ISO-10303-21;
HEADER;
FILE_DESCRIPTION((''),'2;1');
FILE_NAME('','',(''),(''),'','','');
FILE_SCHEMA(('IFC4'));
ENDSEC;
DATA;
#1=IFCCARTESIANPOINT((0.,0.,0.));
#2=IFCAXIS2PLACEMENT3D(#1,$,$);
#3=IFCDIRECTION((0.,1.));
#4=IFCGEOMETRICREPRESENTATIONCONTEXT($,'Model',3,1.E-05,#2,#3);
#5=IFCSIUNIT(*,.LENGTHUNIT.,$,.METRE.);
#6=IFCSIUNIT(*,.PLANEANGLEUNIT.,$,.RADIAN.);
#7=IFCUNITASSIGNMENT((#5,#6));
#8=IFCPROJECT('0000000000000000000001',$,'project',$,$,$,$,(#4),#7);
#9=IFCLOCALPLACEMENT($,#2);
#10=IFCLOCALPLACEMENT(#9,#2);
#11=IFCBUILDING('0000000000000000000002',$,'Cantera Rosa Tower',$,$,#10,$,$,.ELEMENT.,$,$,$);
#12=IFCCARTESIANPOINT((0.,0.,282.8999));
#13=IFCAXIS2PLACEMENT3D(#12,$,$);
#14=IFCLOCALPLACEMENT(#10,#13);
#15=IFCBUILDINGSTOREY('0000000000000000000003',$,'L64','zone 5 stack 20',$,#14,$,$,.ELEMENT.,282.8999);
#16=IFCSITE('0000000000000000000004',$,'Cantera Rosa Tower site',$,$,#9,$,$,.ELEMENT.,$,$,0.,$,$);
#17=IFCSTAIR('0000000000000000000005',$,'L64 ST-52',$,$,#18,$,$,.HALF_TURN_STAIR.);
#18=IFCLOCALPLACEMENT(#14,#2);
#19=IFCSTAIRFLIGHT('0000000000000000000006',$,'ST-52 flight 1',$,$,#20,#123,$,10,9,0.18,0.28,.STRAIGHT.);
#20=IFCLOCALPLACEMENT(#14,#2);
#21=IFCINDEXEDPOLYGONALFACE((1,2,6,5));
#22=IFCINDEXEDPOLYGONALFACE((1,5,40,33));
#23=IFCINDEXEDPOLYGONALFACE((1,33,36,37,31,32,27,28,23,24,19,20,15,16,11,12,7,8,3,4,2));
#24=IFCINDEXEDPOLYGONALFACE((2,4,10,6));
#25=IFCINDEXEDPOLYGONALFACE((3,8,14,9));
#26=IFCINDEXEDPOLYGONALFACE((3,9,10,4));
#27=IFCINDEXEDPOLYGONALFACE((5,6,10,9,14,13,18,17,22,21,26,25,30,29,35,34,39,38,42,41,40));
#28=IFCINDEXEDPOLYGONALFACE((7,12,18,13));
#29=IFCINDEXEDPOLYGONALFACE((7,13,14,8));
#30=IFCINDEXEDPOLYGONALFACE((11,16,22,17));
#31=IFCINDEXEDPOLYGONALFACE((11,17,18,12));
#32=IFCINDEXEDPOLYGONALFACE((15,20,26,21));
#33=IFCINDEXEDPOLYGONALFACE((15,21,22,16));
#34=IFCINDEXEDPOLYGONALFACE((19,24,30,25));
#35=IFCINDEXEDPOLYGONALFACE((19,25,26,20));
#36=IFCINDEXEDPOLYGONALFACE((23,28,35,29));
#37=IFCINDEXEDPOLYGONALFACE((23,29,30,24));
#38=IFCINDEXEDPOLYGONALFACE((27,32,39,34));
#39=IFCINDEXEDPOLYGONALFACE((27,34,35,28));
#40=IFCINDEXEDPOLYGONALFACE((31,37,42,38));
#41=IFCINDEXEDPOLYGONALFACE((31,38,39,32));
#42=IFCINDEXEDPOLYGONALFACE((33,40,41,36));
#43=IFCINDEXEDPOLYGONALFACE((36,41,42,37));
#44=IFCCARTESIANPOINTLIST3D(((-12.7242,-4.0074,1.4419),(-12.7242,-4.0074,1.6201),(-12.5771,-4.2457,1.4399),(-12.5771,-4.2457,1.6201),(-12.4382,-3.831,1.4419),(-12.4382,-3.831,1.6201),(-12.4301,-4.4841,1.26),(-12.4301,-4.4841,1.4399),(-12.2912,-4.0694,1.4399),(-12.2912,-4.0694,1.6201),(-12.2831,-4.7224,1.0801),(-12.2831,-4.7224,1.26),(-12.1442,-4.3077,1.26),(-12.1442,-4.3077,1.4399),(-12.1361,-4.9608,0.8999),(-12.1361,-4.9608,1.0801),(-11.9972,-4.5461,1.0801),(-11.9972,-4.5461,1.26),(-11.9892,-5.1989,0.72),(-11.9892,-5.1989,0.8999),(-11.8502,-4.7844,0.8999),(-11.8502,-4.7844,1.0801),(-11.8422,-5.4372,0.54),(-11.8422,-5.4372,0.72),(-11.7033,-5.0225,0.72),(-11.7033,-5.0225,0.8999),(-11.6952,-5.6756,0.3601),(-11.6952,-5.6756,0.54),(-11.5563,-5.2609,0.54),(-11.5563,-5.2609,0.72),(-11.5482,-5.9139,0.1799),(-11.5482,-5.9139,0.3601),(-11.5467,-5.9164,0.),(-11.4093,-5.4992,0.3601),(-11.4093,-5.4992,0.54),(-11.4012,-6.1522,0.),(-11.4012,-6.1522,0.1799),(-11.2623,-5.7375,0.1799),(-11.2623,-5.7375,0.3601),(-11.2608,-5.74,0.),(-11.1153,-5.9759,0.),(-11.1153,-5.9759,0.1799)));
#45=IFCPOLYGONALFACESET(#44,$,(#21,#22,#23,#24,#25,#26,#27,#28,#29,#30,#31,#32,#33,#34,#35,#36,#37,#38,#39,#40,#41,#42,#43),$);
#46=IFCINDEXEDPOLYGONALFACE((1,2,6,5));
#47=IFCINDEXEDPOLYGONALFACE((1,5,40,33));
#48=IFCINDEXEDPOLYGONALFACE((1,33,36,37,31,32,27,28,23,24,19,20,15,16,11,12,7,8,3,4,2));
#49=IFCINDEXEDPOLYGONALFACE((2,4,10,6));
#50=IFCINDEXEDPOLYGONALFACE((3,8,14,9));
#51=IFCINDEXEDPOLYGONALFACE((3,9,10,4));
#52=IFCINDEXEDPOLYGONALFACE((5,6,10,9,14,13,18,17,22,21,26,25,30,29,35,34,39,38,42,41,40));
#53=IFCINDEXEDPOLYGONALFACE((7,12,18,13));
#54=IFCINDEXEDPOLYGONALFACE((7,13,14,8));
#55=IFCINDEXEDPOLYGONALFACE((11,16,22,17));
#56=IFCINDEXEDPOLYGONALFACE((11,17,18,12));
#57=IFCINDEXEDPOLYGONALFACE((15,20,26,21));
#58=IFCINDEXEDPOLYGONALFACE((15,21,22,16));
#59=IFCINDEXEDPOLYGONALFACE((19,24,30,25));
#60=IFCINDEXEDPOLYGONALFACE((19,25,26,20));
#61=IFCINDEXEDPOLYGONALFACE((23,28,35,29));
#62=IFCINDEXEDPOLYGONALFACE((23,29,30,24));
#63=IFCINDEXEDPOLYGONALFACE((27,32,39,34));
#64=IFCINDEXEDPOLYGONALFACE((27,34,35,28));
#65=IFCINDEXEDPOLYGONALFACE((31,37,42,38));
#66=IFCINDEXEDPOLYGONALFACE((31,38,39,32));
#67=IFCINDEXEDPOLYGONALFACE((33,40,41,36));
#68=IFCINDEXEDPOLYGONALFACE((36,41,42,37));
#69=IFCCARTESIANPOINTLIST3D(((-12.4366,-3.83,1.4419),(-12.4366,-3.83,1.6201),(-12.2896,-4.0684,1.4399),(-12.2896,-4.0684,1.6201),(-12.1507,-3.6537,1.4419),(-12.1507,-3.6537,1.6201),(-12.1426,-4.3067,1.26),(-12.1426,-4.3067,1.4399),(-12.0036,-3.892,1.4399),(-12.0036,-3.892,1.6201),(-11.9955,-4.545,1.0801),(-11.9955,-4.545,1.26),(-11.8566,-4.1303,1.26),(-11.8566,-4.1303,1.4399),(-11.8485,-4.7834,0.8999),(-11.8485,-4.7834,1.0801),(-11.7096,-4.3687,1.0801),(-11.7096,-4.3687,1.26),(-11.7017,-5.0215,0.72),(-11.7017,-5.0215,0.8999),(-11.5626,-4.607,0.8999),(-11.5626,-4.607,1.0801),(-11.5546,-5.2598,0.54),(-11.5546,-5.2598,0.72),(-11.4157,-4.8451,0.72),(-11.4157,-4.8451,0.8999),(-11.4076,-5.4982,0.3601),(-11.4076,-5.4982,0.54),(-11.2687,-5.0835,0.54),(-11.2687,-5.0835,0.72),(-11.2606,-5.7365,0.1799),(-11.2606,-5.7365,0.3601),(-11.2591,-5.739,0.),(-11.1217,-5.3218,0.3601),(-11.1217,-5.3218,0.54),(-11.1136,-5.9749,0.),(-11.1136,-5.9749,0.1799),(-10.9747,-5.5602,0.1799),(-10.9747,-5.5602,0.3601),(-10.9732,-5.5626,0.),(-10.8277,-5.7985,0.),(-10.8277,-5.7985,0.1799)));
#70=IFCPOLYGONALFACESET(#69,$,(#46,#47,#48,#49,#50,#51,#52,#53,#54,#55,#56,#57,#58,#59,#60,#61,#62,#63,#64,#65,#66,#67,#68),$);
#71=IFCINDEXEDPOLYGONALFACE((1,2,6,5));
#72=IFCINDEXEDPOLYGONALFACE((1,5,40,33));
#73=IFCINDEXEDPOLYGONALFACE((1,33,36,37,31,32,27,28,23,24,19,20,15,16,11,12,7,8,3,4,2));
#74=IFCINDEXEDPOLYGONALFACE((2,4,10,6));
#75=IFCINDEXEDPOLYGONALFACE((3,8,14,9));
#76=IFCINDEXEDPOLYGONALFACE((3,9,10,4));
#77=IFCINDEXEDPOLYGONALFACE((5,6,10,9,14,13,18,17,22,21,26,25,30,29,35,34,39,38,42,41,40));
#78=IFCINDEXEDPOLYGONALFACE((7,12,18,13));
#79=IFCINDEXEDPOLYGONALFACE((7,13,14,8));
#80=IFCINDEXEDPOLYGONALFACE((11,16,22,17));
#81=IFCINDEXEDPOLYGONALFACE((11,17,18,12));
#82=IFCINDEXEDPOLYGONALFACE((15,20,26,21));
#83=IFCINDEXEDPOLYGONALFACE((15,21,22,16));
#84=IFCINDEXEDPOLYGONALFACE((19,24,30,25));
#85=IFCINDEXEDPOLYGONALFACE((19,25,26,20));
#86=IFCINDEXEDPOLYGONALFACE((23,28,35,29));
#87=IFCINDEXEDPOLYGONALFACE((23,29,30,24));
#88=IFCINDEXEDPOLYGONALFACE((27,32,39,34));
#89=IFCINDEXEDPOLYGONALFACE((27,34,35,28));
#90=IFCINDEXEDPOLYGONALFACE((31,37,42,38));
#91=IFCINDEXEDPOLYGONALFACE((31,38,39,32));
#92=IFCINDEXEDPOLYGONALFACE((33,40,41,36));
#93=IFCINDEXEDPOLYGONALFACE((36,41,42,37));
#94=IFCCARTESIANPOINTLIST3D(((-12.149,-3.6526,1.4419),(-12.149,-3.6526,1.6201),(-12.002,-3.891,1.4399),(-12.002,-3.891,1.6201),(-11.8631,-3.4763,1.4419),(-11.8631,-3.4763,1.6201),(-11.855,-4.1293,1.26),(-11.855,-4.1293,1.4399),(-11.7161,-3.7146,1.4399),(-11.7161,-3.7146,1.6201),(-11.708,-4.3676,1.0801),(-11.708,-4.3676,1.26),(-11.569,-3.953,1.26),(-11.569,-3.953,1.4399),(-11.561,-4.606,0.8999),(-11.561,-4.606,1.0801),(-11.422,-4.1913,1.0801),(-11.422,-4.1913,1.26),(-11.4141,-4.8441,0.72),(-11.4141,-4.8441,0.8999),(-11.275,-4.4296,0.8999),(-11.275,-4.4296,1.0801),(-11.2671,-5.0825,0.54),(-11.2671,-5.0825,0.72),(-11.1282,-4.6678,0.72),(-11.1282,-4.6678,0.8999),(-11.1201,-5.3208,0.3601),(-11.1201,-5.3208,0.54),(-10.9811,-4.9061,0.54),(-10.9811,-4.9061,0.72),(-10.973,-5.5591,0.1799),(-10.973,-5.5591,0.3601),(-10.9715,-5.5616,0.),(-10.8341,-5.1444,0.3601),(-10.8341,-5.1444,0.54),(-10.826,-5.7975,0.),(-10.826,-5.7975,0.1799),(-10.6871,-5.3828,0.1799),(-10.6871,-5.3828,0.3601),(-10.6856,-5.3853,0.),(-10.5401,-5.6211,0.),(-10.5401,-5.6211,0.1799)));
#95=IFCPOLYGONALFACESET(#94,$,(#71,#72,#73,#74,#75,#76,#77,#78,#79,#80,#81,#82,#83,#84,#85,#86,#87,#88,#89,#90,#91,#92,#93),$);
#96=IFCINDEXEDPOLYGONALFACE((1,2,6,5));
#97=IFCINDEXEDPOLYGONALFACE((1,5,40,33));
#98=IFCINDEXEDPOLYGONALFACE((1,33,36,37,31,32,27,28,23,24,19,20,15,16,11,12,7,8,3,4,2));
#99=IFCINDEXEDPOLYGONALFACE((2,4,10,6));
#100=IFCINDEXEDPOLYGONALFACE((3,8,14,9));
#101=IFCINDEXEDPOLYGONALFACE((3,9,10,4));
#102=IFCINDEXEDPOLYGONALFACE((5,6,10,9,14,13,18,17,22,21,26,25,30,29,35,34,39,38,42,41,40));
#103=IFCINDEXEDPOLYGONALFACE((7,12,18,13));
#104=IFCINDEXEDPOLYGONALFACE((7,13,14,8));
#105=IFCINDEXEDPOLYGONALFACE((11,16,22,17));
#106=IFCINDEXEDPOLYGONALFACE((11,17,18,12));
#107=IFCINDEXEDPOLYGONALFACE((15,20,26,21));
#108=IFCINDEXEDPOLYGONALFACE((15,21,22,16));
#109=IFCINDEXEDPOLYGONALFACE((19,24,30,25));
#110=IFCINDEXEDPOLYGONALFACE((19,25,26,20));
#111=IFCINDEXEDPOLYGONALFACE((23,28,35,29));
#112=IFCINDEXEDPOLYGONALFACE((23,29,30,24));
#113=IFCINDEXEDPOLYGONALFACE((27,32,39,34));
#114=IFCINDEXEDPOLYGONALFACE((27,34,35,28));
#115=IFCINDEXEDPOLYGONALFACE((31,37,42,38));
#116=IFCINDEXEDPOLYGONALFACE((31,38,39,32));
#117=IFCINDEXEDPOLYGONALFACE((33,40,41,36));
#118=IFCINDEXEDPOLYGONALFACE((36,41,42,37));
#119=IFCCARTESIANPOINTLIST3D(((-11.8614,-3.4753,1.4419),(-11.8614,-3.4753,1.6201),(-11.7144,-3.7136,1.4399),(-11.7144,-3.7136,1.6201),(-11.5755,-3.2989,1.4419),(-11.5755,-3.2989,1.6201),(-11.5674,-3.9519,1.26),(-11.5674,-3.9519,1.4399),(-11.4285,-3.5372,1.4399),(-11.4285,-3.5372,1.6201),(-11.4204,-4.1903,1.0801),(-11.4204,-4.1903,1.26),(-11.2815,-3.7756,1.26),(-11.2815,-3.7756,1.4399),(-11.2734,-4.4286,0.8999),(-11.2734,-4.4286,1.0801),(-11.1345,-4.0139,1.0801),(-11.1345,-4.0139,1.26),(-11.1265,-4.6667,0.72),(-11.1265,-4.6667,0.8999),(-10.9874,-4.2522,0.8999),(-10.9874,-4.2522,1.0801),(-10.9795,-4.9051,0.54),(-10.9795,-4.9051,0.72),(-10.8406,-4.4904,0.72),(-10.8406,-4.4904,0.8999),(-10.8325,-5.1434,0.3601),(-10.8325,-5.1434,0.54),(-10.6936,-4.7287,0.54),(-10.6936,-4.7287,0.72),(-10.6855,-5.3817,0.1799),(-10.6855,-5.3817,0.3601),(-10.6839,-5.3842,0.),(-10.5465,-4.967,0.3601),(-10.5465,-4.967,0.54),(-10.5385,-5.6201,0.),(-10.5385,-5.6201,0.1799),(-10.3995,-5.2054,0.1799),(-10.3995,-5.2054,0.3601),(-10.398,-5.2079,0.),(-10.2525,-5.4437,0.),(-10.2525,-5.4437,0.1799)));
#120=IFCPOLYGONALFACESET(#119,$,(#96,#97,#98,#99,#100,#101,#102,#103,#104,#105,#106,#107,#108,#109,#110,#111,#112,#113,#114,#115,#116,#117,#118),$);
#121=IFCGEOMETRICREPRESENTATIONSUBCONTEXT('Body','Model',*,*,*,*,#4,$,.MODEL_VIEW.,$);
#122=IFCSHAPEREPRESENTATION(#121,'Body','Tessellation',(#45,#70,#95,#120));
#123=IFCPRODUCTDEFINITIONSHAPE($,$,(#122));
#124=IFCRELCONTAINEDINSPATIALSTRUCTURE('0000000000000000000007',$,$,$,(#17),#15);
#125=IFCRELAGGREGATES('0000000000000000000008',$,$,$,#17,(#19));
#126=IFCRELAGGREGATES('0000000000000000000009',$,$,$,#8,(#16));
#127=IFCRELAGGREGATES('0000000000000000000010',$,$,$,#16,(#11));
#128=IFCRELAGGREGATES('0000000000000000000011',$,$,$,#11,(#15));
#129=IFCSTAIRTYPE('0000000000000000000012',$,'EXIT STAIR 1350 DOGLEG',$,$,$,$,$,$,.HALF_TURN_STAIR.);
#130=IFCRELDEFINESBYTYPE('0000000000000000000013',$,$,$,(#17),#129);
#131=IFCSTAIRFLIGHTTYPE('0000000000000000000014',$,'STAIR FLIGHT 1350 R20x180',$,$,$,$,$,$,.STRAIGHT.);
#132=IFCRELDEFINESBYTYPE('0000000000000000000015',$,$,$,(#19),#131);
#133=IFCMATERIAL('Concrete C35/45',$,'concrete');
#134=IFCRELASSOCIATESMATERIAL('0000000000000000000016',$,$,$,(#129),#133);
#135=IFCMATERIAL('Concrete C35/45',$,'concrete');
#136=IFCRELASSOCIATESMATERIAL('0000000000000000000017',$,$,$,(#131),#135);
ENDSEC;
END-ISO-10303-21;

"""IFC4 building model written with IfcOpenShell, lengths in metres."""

from ifc_helpers import new_model, si_unit, direction, frame, origin, place, context, subcontext, project, spatial, polyline, outline, extrude, material, type_object, element, aggregate, save


model = new_model("IFC4")

# Units and contexts
model_context = context("Model", 3, precision=1e-05, world=origin(), true_north=direction((0.0, 1.0)))
body_context = subcontext(model_context, "Body", "Model", "MODEL_VIEW")
ifc_project = project(units=[si_unit("LENGTHUNIT", "METRE"), si_unit("PLANEANGLEUNIT", "RADIAN")], contexts=[model_context])

# Site, building, storey
site_placement = place(None, origin())
site = spatial("IfcSite", under=ifc_project, at=site_placement, Name="Cantera Rosa Tower site", CompositionType="ELEMENT", RefElevation=0.0)
building_placement = place(site_placement, origin())
building = spatial("IfcBuilding", under=site, at=building_placement, Name="Cantera Rosa Tower", CompositionType="ELEMENT")
storey_placement = place(building_placement, frame((0.0, 0.0, 282.8999)))
storey = spatial("IfcBuildingStorey", under=building, at=storey_placement, Name="L64", Description="zone 5 stack 20", CompositionType="ELEMENT", Elevation=282.8999)

# Stair, stair flight
ifc_material_1 = material(Name="Concrete C35/45", Category="concrete")
stair_type = type_object("IfcStairType", Name="EXIT STAIR 1350 DOGLEG", PredefinedType="HALF_TURN_STAIR", material=ifc_material_1)
stair_placement = place(storey_placement, origin())
stair = element("IfcStair", 1, at=stair_placement, inside=storey, type_object=stair_type, Name="L64 ST-52", PredefinedType="HALF_TURN_STAIR")
ifc_material_2 = material(Name="Concrete C35/45", Category="concrete")
stair_flight_type = type_object("IfcStairFlightType", Name="STAIR FLIGHT 1350 R20x180", PredefinedType="STRAIGHT", material=ifc_material_2)
stair_flight_1_placement = place(storey_placement, frame((-10.8267, -5.7979, 0.0), z_axis=(0.0, 0.0, 1.0), x_axis=(-0.524977, 0.851117, 0.0)))
stair_flight_1 = element("IfcStairFlight", 2, at=stair_flight_1_placement, type_object=stair_flight_type, Name="ST-52 flight 1", NumberOfRisers=10, NumberOfTreads=9, PredefinedType="STRAIGHT", RiserHeight=0.18, TreadLength=0.28, context=body_context, shape_type="SweptSolid", body=[
    extrude(outline(polyline([(0.0, 0.0), (0.0, 0.1799), (0.28, 0.1799), (0.28, 0.3601), (0.5601, 0.3601), (0.5601, 0.54), (0.8401, 0.54), (0.8401, 0.72), (1.1201, 0.72), (1.1201, 0.8999), (1.3999, 0.8999), (1.3999, 1.0801), (1.6799, 1.0801), (1.6799, 1.26), (1.96, 1.26), (1.96, 1.4399), (2.24, 1.4399), (2.24, 1.6201), (2.52, 1.6201), (2.52, 1.8), (2.52, 1.4419), (0.2771, 0.0), (0.0, 0.0)])), frame((0.0, 0.675, 0.0), z_axis=(0.0, -1.0, 0.0), x_axis=(1.0, 0.0, 0.0)), (0.0, 0.0, 1.0), 0.3359),
    extrude(outline(polyline([(0.0, 0.0), (0.0, 0.1799), (0.28, 0.1799), (0.28, 0.3601), (0.5601, 0.3601), (0.5601, 0.54), (0.8401, 0.54), (0.8401, 0.72), (1.1201, 0.72), (1.1201, 0.8999), (1.3999, 0.8999), (1.3999, 1.0801), (1.6799, 1.0801), (1.6799, 1.26), (1.96, 1.26), (1.96, 1.4399), (2.24, 1.4399), (2.24, 1.6201), (2.52, 1.6201), (2.52, 1.8), (2.52, 1.4419), (0.2771, 0.0), (0.0, 0.0)])), frame((0.0, 0.3372, 0.0), z_axis=(0.0, -1.0, 0.0), x_axis=(1.0, 0.0, 0.0)), (0.0, 0.0, 1.0), 0.3359),
    extrude(outline(polyline([(0.0, 0.0), (0.0, 0.1799), (0.28, 0.1799), (0.28, 0.3601), (0.5601, 0.3601), (0.5601, 0.54), (0.8401, 0.54), (0.8401, 0.72), (1.1201, 0.72), (1.1201, 0.8999), (1.3999, 0.8999), (1.3999, 1.0801), (1.6799, 1.0801), (1.6799, 1.26), (1.96, 1.26), (1.96, 1.4399), (2.24, 1.4399), (2.24, 1.6201), (2.52, 1.6201), (2.52, 1.8), (2.52, 1.4419), (0.2771, 0.0), (0.0, 0.0)])), frame((0.0, -0.0007, 0.0), z_axis=(0.0, -1.0, 0.0), x_axis=(1.0, 0.0, 0.0)), (0.0, 0.0, 1.0), 0.3359),
    extrude(outline(polyline([(0.0, 0.0), (0.0, 0.1799), (0.28, 0.1799), (0.28, 0.3601), (0.5601, 0.3601), (0.5601, 0.54), (0.8401, 0.54), (0.8401, 0.72), (1.1201, 0.72), (1.1201, 0.8999), (1.3999, 0.8999), (1.3999, 1.0801), (1.6799, 1.0801), (1.6799, 1.26), (1.96, 1.26), (1.96, 1.4399), (2.24, 1.4399), (2.24, 1.6201), (2.52, 1.6201), (2.52, 1.8), (2.52, 1.4419), (0.2771, 0.0), (0.0, 0.0)])), frame((0.0, -0.3386, 0.0), z_axis=(0.0, -1.0, 0.0), x_axis=(1.0, 0.0, 0.0)), (0.0, 0.0, 1.0), 0.3359),
])
aggregate(stair, [stair_flight_1])

save(model, "model.ifc")
